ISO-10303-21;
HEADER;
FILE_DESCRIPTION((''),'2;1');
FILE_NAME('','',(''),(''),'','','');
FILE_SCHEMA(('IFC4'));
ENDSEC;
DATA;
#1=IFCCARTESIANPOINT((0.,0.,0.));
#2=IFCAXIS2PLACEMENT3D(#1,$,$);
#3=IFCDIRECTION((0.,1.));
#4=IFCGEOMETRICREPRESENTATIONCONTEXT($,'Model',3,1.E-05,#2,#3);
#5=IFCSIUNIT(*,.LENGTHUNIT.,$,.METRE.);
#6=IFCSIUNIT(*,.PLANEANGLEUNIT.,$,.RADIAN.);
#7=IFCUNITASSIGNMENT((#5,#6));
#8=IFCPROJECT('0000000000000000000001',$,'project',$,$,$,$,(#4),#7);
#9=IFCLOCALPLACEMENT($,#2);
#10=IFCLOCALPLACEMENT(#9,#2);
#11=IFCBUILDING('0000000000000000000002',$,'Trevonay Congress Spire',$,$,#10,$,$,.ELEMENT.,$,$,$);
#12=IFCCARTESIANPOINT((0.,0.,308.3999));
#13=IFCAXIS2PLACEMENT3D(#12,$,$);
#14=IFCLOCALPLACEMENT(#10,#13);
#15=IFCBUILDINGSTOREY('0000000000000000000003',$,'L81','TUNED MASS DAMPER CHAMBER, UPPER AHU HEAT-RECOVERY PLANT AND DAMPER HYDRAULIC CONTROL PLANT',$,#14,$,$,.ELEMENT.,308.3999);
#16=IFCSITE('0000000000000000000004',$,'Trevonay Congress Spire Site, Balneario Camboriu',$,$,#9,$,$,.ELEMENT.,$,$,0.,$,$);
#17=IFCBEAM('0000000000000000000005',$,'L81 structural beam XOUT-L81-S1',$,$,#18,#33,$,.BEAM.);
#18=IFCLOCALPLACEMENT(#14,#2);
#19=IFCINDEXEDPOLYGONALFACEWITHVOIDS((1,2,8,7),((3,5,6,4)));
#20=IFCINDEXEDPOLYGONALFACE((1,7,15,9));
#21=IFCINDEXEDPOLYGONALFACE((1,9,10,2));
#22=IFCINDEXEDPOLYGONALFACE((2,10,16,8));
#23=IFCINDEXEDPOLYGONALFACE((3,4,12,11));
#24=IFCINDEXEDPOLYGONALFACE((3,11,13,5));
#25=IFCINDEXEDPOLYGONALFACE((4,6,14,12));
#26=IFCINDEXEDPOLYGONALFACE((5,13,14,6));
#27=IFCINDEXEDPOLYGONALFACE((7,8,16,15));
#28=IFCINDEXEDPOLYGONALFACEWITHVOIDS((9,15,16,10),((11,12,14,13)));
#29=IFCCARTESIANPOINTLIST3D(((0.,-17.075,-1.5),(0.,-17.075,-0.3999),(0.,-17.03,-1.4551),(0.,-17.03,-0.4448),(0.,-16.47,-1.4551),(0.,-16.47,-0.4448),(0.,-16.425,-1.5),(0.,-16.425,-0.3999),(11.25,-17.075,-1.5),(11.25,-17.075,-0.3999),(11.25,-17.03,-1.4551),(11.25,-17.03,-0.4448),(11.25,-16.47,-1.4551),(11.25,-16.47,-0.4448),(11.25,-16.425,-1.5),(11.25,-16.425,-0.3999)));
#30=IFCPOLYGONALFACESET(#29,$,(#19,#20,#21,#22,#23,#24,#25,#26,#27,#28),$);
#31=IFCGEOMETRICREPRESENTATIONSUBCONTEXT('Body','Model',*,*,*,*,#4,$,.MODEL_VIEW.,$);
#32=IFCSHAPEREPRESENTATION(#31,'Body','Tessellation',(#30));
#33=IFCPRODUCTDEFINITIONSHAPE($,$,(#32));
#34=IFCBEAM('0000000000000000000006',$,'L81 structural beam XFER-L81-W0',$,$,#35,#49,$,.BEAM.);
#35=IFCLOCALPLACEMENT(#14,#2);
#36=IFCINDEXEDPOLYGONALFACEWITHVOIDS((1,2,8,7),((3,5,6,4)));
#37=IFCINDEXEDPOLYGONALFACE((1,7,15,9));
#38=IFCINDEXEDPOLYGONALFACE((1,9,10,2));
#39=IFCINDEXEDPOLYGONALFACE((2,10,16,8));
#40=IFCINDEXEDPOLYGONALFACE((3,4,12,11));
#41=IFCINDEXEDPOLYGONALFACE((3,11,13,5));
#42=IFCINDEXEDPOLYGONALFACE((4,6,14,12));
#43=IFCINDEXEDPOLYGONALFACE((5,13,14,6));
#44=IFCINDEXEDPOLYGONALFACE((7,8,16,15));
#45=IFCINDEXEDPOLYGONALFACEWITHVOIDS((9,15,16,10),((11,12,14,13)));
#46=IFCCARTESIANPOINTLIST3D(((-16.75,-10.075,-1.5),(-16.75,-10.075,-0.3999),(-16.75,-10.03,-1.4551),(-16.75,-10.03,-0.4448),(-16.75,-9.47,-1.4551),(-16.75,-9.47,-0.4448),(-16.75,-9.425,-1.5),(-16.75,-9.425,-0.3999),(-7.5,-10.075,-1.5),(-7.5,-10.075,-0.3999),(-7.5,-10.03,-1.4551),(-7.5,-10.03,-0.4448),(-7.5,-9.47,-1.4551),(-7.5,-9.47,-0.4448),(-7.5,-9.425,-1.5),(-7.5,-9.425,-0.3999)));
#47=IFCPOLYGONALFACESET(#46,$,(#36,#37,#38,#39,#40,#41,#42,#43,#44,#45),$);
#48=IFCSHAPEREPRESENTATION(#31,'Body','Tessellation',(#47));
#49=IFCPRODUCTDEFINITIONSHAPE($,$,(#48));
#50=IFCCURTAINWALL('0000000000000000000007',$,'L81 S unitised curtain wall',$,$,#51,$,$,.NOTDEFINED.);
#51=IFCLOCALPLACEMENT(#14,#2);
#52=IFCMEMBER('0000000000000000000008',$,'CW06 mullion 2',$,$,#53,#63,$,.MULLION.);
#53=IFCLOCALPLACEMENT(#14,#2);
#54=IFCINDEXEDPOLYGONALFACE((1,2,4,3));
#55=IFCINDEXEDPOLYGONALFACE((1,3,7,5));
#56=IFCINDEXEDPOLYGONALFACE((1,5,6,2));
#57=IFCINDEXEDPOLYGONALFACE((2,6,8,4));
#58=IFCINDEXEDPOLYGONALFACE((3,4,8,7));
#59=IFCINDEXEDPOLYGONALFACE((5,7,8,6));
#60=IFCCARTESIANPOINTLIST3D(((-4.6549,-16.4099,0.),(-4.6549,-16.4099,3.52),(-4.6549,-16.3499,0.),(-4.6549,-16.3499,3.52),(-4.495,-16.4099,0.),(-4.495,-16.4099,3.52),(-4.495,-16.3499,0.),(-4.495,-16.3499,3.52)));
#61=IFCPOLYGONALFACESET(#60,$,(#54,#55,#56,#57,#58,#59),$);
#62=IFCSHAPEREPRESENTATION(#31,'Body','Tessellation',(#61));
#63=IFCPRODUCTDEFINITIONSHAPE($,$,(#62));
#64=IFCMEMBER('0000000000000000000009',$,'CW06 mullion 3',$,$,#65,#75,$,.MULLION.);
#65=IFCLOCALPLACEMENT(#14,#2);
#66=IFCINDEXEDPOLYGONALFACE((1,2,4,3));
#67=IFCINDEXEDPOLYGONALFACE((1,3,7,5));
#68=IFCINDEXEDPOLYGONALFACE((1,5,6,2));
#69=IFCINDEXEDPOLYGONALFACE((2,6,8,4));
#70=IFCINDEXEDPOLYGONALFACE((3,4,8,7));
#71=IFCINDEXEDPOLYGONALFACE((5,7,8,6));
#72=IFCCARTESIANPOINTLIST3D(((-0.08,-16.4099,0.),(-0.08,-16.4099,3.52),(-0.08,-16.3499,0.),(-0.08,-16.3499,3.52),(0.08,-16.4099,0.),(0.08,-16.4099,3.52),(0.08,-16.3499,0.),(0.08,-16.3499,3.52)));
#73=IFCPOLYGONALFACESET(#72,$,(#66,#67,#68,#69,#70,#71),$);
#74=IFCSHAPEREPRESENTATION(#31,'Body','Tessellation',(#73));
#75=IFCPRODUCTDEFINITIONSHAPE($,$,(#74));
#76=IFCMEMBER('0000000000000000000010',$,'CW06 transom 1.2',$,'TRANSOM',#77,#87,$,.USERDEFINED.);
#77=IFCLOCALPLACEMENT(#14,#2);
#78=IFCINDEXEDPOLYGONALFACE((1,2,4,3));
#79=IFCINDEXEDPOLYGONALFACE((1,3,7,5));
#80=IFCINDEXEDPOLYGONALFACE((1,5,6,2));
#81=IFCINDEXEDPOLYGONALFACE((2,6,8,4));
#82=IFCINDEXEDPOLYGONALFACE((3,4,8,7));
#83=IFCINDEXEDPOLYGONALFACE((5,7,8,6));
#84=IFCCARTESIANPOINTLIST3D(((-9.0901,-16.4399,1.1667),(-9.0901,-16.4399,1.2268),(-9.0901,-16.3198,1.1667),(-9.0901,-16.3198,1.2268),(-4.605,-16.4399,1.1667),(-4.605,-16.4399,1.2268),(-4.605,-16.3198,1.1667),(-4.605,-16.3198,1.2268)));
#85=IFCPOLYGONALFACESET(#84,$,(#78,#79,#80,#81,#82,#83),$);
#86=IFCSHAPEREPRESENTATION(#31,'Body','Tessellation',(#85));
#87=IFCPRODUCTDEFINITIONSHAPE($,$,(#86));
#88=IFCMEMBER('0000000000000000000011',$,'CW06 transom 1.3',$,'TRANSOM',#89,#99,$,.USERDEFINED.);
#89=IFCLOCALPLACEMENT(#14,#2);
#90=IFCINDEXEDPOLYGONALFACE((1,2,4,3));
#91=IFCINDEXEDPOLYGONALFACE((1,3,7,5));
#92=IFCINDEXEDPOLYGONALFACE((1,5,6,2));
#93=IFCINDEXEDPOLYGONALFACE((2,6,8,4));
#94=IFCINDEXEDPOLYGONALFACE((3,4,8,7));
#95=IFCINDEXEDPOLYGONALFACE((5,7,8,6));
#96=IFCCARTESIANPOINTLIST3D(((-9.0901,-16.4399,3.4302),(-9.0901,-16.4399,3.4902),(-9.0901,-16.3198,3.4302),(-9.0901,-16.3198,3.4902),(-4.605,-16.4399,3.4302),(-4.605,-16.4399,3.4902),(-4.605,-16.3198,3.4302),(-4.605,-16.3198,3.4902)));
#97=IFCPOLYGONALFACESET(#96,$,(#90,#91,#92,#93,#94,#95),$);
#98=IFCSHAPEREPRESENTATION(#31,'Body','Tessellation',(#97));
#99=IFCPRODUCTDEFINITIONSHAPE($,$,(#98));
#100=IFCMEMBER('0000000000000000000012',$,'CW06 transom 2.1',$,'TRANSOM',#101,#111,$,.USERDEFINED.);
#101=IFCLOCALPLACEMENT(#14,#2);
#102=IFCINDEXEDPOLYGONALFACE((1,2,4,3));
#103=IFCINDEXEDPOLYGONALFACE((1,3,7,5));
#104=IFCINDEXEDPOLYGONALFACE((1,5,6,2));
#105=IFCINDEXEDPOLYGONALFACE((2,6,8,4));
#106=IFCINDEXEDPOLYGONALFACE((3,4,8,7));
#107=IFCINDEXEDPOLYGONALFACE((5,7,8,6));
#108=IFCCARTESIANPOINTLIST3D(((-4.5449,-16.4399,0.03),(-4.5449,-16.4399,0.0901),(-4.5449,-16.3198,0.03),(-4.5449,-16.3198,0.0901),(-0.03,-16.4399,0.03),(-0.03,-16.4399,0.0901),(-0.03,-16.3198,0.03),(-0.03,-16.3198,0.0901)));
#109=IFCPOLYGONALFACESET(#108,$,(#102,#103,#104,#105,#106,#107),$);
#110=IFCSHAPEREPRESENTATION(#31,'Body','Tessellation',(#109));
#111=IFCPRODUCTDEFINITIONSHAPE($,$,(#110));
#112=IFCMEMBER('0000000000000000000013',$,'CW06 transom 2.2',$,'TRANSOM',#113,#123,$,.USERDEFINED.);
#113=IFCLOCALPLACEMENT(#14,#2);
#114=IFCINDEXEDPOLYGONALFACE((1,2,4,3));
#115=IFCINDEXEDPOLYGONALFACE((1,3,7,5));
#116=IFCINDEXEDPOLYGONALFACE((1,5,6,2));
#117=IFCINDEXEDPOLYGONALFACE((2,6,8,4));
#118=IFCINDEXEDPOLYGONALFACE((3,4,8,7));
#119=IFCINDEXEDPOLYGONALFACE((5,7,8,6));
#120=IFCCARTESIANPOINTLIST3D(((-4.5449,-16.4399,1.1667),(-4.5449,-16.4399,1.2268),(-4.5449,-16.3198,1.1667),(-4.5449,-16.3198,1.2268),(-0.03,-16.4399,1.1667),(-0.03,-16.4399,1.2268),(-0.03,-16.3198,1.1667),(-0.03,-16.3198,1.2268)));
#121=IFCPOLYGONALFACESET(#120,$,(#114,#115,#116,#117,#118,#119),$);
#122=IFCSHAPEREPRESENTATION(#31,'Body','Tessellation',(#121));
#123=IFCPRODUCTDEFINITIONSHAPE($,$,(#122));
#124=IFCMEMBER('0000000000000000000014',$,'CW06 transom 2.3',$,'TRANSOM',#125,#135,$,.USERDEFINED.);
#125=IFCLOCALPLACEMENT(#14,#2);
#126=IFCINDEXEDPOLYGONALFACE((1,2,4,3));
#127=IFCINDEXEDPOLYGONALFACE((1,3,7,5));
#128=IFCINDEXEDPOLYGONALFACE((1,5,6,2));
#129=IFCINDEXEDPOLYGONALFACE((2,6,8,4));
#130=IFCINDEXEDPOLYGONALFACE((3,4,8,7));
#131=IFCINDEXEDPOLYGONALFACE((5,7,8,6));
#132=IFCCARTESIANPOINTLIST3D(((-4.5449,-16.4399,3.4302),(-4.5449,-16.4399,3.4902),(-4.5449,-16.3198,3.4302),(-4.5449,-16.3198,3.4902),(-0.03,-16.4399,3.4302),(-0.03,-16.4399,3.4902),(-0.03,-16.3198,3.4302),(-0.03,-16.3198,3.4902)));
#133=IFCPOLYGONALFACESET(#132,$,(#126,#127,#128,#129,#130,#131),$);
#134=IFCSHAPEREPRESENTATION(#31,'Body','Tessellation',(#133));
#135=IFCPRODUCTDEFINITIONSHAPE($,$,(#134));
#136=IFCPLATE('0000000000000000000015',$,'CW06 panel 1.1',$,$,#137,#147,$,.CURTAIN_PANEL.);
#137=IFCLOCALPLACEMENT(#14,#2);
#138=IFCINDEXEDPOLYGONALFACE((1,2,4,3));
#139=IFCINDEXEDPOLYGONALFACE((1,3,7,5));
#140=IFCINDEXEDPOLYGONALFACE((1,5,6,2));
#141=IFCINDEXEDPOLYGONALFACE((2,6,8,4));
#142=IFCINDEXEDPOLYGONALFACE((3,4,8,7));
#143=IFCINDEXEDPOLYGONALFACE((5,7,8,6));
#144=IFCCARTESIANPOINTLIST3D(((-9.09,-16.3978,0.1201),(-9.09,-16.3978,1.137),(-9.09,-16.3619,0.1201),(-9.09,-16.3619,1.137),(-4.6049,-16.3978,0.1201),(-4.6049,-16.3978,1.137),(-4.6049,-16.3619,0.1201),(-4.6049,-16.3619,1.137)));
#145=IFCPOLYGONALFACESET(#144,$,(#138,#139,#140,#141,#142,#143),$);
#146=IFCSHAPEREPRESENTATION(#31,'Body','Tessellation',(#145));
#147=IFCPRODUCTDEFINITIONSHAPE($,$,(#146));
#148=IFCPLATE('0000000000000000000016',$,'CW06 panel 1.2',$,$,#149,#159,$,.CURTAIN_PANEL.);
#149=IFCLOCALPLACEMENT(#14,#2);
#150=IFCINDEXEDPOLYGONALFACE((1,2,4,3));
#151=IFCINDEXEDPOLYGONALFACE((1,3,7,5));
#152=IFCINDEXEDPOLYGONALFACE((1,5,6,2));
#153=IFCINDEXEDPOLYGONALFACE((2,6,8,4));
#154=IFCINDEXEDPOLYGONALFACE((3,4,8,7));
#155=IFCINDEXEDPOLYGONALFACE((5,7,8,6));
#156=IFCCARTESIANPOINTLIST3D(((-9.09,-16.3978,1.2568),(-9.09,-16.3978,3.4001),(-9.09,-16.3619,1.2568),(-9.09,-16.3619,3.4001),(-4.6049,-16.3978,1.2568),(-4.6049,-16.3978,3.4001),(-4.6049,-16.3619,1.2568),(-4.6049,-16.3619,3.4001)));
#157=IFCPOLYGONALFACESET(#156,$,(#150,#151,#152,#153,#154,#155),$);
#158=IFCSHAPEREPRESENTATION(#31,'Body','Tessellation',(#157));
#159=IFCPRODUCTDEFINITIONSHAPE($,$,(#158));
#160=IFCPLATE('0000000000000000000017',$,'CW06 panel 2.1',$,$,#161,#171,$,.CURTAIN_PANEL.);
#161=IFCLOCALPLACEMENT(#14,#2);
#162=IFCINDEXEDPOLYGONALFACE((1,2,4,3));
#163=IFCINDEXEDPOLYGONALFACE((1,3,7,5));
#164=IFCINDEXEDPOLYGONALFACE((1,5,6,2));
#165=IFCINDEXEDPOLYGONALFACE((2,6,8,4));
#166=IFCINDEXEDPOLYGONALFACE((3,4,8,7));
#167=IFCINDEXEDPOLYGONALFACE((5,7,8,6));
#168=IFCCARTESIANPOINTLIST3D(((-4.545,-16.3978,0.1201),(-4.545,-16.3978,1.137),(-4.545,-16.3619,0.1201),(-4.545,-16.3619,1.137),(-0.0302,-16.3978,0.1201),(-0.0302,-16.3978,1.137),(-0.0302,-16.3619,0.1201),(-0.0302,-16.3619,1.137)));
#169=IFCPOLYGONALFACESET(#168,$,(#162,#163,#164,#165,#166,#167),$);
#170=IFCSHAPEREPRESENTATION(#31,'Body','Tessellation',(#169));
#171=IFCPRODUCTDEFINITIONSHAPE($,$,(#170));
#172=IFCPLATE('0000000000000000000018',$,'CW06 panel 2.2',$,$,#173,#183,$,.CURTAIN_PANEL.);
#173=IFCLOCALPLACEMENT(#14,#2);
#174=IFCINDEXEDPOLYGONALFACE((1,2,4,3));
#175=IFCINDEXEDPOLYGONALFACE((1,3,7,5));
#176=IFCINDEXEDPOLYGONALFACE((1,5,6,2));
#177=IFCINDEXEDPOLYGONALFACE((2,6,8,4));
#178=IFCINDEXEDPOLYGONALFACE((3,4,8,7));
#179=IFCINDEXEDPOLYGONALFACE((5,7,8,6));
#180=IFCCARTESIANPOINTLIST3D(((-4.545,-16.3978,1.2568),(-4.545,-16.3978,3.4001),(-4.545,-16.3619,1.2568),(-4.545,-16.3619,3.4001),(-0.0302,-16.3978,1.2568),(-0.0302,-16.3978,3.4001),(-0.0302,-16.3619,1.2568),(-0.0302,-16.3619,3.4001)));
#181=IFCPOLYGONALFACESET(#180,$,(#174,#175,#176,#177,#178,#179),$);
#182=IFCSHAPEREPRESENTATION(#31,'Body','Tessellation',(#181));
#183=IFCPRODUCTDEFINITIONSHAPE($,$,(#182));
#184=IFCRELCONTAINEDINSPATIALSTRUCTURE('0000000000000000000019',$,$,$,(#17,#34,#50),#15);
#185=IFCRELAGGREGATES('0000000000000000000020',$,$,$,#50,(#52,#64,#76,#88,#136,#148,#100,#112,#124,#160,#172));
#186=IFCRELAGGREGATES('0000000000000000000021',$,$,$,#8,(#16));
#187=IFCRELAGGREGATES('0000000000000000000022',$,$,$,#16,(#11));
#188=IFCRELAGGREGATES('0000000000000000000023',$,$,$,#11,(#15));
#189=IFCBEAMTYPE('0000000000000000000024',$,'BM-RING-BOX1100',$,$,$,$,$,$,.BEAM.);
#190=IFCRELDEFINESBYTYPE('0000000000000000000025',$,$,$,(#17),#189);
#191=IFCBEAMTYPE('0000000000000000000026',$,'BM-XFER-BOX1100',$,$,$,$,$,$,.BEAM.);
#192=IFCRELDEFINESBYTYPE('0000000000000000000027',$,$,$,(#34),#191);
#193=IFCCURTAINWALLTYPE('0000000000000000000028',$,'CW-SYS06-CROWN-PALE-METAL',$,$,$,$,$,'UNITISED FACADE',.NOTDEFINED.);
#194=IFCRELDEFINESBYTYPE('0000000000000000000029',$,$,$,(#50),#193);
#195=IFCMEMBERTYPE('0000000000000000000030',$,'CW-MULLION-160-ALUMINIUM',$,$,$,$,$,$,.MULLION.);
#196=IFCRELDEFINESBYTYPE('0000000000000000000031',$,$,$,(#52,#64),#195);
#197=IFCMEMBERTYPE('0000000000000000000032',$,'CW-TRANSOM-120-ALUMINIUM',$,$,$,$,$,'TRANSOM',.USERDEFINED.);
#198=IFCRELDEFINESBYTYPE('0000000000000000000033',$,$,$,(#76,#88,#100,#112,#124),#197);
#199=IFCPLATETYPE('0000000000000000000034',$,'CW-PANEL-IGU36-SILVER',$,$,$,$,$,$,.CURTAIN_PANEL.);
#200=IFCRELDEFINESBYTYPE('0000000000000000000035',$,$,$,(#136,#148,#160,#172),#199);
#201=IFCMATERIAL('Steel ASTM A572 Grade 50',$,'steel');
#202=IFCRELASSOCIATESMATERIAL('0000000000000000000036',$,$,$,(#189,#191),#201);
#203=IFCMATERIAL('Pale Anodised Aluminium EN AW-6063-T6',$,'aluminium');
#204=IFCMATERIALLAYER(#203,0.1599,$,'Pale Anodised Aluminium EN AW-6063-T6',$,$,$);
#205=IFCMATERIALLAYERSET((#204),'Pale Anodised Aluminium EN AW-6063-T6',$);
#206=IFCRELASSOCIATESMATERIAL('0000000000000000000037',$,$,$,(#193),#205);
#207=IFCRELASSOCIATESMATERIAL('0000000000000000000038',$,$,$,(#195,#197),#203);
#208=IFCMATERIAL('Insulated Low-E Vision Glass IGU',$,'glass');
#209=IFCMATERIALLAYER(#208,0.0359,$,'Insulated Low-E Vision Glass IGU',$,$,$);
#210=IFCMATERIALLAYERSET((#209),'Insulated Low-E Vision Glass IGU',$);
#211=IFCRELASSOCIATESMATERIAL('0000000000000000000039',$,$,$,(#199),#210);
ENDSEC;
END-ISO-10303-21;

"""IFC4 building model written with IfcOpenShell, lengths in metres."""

from ifc_helpers import new_model, si_unit, direction, frame, origin, origin_2d, place, context, subcontext, project, spatial, rectangle, hollow_rectangle, extrude, material, layer, layer_set, material_profile, profile_set, type_object, element, aggregate, save


model = new_model("IFC4")

# Units and contexts
model_context = context("Model", 3, precision=1e-05, world=origin(), true_north=direction((0.0, 1.0)))
body_context = subcontext(model_context, "Body", "Model", "MODEL_VIEW")
ifc_project = project(units=[si_unit("LENGTHUNIT", "METRE"), si_unit("PLANEANGLEUNIT", "RADIAN")], contexts=[model_context])

# Site, building, storey
site_placement = place(None, origin())
site = spatial("IfcSite", under=ifc_project, at=site_placement, Name="Trevonay Congress Spire Site, Balneario Camboriu", CompositionType="ELEMENT", RefElevation=0.0)
building_placement = place(site_placement, origin())
building = spatial("IfcBuilding", under=site, at=building_placement, Name="Trevonay Congress Spire", CompositionType="ELEMENT")
storey_placement = place(building_placement, frame((0.0, 0.0, 308.3999)))
storey = spatial("IfcBuildingStorey", under=building, at=storey_placement, Name="L81", Description="TUNED MASS DAMPER CHAMBER, UPPER AHU HEAT-RECOVERY PLANT AND DAMPER HYDRAULIC CONTROL PLANT", CompositionType="ELEMENT", Elevation=308.3999)

# Shared definitions
ifc_material_1 = material(Name="Steel ASTM A572 Grade 50", Category="steel")

# Beams
ifc_material_profile_1 = material_profile(ifc_material_1, hollow_rectangle(XDim=0.6499, YDim=1.1001, WallThickness=0.0449, at=origin_2d()), Name="BOX 1100x650x45")
ifc_profile_set_1 = profile_set([ifc_material_profile_1], Name="Steel ASTM A572 Grade 50")
beam_type_1 = type_object("IfcBeamType", Name="BM-RING-BOX1100", PredefinedType="BEAM", material=ifc_profile_set_1)
beam_1_placement = place(storey_placement, frame((0.0, -16.75, -0.95), z_axis=(1.0, 0.0, 0.0), x_axis=(0.0, 1.0, 0.0)))
element("IfcBeam", 1, at=beam_1_placement, inside=storey, type_object=beam_type_1, Name="L81 structural beam XOUT-L81-S1", PredefinedType="BEAM", context=body_context, shape_type="SweptSolid", body=[
    extrude(hollow_rectangle(XDim=0.6499, YDim=1.1001, WallThickness=0.0449, at=origin_2d()), origin(), (0.0, 0.0, 1.0), 11.25),
])
ifc_material_profile_2 = material_profile(ifc_material_1, hollow_rectangle(XDim=0.6499, YDim=1.1001, WallThickness=0.0449, at=origin_2d()), Name="BOX 1100x650x45")
ifc_profile_set_2 = profile_set([ifc_material_profile_2], Name="Steel ASTM A572 Grade 50")
beam_type_2 = type_object("IfcBeamType", Name="BM-XFER-BOX1100", PredefinedType="BEAM", material=ifc_profile_set_2)
beam_2_placement = place(storey_placement, frame((-7.5, -9.75, -0.95), z_axis=(-1.0, 0.0, 0.0), x_axis=(0.0, -1.0, 0.0)))
element("IfcBeam", 2, at=beam_2_placement, inside=storey, type_object=beam_type_2, Name="L81 structural beam XFER-L81-W0", PredefinedType="BEAM", context=body_context, shape_type="SweptSolid", body=[
    extrude(hollow_rectangle(XDim=0.6499, YDim=1.1001, WallThickness=0.0449, at=origin_2d()), origin(), (0.0, 0.0, 1.0), 9.25),
])

# Curtain wall, members, plates
ifc_material_2 = material(Name="Pale Anodised Aluminium EN AW-6063-T6", Category="aluminium")
ifc_layer_1 = layer(ifc_material_2, 0.1599, Name="Pale Anodised Aluminium EN AW-6063-T6")
ifc_layer_set_1 = layer_set([ifc_layer_1], Name="Pale Anodised Aluminium EN AW-6063-T6")
curtain_wall_type = type_object("IfcCurtainWallType", Name="CW-SYS06-CROWN-PALE-METAL", ElementType="UNITISED FACADE", PredefinedType="NOTDEFINED", material=ifc_layer_set_1)
curtain_wall_placement = place(storey_placement, origin())
curtain_wall = element("IfcCurtainWall", 3, at=curtain_wall_placement, inside=storey, type_object=curtain_wall_type, Name="L81 S unitised curtain wall", PredefinedType="NOTDEFINED")
ifc_material_profile_3 = material_profile(ifc_material_2, rectangle(XDim=0.0601, YDim=0.1599, at=origin_2d()), Name="CW-MULLION-160-ALUMINIUM")
ifc_profile_set_3 = profile_set([ifc_material_profile_3], Name="Pale Anodised Aluminium EN AW-6063-T6")
member_type_1 = type_object("IfcMemberType", Name="CW-MULLION-160-ALUMINIUM", PredefinedType="MULLION", material=ifc_profile_set_3)
member_1_placement = place(storey_placement, frame((-4.575, -16.3799, 0.0), z_axis=(0.0, 0.0, 1.0), x_axis=(0.0, 1.0, 0.0)))
member_1 = element("IfcMember", 4, at=member_1_placement, type_object=member_type_1, Name="CW06 mullion 2", PredefinedType="MULLION", context=body_context, shape_type="SweptSolid", body=[
    extrude(rectangle(XDim=0.0601, YDim=0.1599, at=origin_2d()), origin(), (0.0, 0.0, 1.0), 3.52),
])
member_2_placement = place(storey_placement, frame((0.0, -16.3799, 0.0), z_axis=(0.0, 0.0, 1.0), x_axis=(0.0, 1.0, 0.0)))
member_2 = element("IfcMember", 5, at=member_2_placement, type_object=member_type_1, Name="CW06 mullion 3", PredefinedType="MULLION", context=body_context, shape_type="SweptSolid", body=[
    extrude(rectangle(XDim=0.0601, YDim=0.1599, at=origin_2d()), origin(), (0.0, 0.0, 1.0), 3.52),
])
ifc_material_profile_4 = material_profile(ifc_material_2, rectangle(XDim=0.1201, YDim=0.0601, at=origin_2d()), Name="CW-TRANSOM-120-ALUMINIUM")
ifc_profile_set_4 = profile_set([ifc_material_profile_4], Name="Pale Anodised Aluminium EN AW-6063-T6")
member_type_2 = type_object("IfcMemberType", Name="CW-TRANSOM-120-ALUMINIUM", ElementType="TRANSOM", PredefinedType="USERDEFINED", material=ifc_profile_set_4)
member_3_placement = place(storey_placement, frame((-9.0901, -16.3799, 1.1968), z_axis=(1.0, 0.0, 0.0), x_axis=(0.0, 1.0, 0.0)))
member_3 = element("IfcMember", 6, at=member_3_placement, type_object=member_type_2, Name="CW06 transom 1.2", ObjectType="TRANSOM", PredefinedType="USERDEFINED", context=body_context, shape_type="SweptSolid", body=[
    extrude(rectangle(XDim=0.1201, YDim=0.0601, at=origin_2d()), origin(), (0.0, 0.0, 1.0), 4.4851),
])
member_4_placement = place(storey_placement, frame((-9.0901, -16.3799, 3.4602), z_axis=(1.0, 0.0, 0.0), x_axis=(0.0, 1.0, 0.0)))
member_4 = element("IfcMember", 7, at=member_4_placement, type_object=member_type_2, Name="CW06 transom 1.3", ObjectType="TRANSOM", PredefinedType="USERDEFINED", context=body_context, shape_type="SweptSolid", body=[
    extrude(rectangle(XDim=0.1201, YDim=0.0601, at=origin_2d()), origin(), (0.0, 0.0, 1.0), 4.4851),
])
member_5_placement = place(storey_placement, frame((-4.5449, -16.3799, 0.0601), z_axis=(1.0, 0.0, 0.0), x_axis=(0.0, 1.0, 0.0)))
member_5 = element("IfcMember", 8, at=member_5_placement, type_object=member_type_2, Name="CW06 transom 2.1", ObjectType="TRANSOM", PredefinedType="USERDEFINED", context=body_context, shape_type="SweptSolid", body=[
    extrude(rectangle(XDim=0.1201, YDim=0.0601, at=origin_2d()), origin(), (0.0, 0.0, 1.0), 4.5149),
])
member_6_placement = place(storey_placement, frame((-4.5449, -16.3799, 1.1968), z_axis=(1.0, 0.0, 0.0), x_axis=(0.0, 1.0, 0.0)))
member_6 = element("IfcMember", 9, at=member_6_placement, type_object=member_type_2, Name="CW06 transom 2.2", ObjectType="TRANSOM", PredefinedType="USERDEFINED", context=body_context, shape_type="SweptSolid", body=[
    extrude(rectangle(XDim=0.1201, YDim=0.0601, at=origin_2d()), origin(), (0.0, 0.0, 1.0), 4.5149),
])
member_7_placement = place(storey_placement, frame((-4.5449, -16.3799, 3.4602), z_axis=(1.0, 0.0, 0.0), x_axis=(0.0, 1.0, 0.0)))
member_7 = element("IfcMember", 10, at=member_7_placement, type_object=member_type_2, Name="CW06 transom 2.3", ObjectType="TRANSOM", PredefinedType="USERDEFINED", context=body_context, shape_type="SweptSolid", body=[
    extrude(rectangle(XDim=0.1201, YDim=0.0601, at=origin_2d()), origin(), (0.0, 0.0, 1.0), 4.5149),
])
ifc_material_3 = material(Name="Insulated Low-E Vision Glass IGU", Category="glass")
ifc_layer_2 = layer(ifc_material_3, 0.0359, Name="Insulated Low-E Vision Glass IGU")
ifc_layer_set_2 = layer_set([ifc_layer_2], Name="Insulated Low-E Vision Glass IGU")
plate_type = type_object("IfcPlateType", Name="CW-PANEL-IGU36-SILVER", PredefinedType="CURTAIN_PANEL", material=ifc_layer_set_2)
plate_1_placement = place(storey_placement, frame((-6.8474, -16.3799, 0.1201), z_axis=(0.0, 0.0, 1.0), x_axis=(1.0, 0.0, 0.0)))
plate_1 = element("IfcPlate", 11, at=plate_1_placement, type_object=plate_type, Name="CW06 panel 1.1", PredefinedType="CURTAIN_PANEL", context=body_context, shape_type="SweptSolid", body=[
    extrude(rectangle(XDim=4.4851, YDim=0.0359, at=origin_2d()), origin(), (0.0, 0.0, 1.0), 1.0168),
])
plate_2_placement = place(storey_placement, frame((-6.8474, -16.3799, 1.2568), z_axis=(0.0, 0.0, 1.0), x_axis=(1.0, 0.0, 0.0)))
plate_2 = element("IfcPlate", 12, at=plate_2_placement, type_object=plate_type, Name="CW06 panel 1.2", PredefinedType="CURTAIN_PANEL", context=body_context, shape_type="SweptSolid", body=[
    extrude(rectangle(XDim=4.4851, YDim=0.0359, at=origin_2d()), origin(), (0.0, 0.0, 1.0), 2.1433),
])
plate_3_placement = place(storey_placement, frame((-2.2876, -16.3799, 0.1201), z_axis=(0.0, 0.0, 1.0), x_axis=(1.0, 0.0, 0.0)))
plate_3 = element("IfcPlate", 13, at=plate_3_placement, type_object=plate_type, Name="CW06 panel 2.1", PredefinedType="CURTAIN_PANEL", context=body_context, shape_type="SweptSolid", body=[
    extrude(rectangle(XDim=4.5149, YDim=0.0359, at=origin_2d()), origin(), (0.0, 0.0, 1.0), 1.0168),
])
plate_4_placement = place(storey_placement, frame((-2.2876, -16.3799, 1.2568), z_axis=(0.0, 0.0, 1.0), x_axis=(1.0, 0.0, 0.0)))
plate_4 = element("IfcPlate", 14, at=plate_4_placement, type_object=plate_type, Name="CW06 panel 2.2", PredefinedType="CURTAIN_PANEL", context=body_context, shape_type="SweptSolid", body=[
    extrude(rectangle(XDim=4.5149, YDim=0.0359, at=origin_2d()), origin(), (0.0, 0.0, 1.0), 2.1433),
])
aggregate(curtain_wall, [member_1, member_2, member_3, member_4, plate_1, plate_2, member_5, member_6, member_7, plate_3, plate_4])

save(model, "model.ifc")
